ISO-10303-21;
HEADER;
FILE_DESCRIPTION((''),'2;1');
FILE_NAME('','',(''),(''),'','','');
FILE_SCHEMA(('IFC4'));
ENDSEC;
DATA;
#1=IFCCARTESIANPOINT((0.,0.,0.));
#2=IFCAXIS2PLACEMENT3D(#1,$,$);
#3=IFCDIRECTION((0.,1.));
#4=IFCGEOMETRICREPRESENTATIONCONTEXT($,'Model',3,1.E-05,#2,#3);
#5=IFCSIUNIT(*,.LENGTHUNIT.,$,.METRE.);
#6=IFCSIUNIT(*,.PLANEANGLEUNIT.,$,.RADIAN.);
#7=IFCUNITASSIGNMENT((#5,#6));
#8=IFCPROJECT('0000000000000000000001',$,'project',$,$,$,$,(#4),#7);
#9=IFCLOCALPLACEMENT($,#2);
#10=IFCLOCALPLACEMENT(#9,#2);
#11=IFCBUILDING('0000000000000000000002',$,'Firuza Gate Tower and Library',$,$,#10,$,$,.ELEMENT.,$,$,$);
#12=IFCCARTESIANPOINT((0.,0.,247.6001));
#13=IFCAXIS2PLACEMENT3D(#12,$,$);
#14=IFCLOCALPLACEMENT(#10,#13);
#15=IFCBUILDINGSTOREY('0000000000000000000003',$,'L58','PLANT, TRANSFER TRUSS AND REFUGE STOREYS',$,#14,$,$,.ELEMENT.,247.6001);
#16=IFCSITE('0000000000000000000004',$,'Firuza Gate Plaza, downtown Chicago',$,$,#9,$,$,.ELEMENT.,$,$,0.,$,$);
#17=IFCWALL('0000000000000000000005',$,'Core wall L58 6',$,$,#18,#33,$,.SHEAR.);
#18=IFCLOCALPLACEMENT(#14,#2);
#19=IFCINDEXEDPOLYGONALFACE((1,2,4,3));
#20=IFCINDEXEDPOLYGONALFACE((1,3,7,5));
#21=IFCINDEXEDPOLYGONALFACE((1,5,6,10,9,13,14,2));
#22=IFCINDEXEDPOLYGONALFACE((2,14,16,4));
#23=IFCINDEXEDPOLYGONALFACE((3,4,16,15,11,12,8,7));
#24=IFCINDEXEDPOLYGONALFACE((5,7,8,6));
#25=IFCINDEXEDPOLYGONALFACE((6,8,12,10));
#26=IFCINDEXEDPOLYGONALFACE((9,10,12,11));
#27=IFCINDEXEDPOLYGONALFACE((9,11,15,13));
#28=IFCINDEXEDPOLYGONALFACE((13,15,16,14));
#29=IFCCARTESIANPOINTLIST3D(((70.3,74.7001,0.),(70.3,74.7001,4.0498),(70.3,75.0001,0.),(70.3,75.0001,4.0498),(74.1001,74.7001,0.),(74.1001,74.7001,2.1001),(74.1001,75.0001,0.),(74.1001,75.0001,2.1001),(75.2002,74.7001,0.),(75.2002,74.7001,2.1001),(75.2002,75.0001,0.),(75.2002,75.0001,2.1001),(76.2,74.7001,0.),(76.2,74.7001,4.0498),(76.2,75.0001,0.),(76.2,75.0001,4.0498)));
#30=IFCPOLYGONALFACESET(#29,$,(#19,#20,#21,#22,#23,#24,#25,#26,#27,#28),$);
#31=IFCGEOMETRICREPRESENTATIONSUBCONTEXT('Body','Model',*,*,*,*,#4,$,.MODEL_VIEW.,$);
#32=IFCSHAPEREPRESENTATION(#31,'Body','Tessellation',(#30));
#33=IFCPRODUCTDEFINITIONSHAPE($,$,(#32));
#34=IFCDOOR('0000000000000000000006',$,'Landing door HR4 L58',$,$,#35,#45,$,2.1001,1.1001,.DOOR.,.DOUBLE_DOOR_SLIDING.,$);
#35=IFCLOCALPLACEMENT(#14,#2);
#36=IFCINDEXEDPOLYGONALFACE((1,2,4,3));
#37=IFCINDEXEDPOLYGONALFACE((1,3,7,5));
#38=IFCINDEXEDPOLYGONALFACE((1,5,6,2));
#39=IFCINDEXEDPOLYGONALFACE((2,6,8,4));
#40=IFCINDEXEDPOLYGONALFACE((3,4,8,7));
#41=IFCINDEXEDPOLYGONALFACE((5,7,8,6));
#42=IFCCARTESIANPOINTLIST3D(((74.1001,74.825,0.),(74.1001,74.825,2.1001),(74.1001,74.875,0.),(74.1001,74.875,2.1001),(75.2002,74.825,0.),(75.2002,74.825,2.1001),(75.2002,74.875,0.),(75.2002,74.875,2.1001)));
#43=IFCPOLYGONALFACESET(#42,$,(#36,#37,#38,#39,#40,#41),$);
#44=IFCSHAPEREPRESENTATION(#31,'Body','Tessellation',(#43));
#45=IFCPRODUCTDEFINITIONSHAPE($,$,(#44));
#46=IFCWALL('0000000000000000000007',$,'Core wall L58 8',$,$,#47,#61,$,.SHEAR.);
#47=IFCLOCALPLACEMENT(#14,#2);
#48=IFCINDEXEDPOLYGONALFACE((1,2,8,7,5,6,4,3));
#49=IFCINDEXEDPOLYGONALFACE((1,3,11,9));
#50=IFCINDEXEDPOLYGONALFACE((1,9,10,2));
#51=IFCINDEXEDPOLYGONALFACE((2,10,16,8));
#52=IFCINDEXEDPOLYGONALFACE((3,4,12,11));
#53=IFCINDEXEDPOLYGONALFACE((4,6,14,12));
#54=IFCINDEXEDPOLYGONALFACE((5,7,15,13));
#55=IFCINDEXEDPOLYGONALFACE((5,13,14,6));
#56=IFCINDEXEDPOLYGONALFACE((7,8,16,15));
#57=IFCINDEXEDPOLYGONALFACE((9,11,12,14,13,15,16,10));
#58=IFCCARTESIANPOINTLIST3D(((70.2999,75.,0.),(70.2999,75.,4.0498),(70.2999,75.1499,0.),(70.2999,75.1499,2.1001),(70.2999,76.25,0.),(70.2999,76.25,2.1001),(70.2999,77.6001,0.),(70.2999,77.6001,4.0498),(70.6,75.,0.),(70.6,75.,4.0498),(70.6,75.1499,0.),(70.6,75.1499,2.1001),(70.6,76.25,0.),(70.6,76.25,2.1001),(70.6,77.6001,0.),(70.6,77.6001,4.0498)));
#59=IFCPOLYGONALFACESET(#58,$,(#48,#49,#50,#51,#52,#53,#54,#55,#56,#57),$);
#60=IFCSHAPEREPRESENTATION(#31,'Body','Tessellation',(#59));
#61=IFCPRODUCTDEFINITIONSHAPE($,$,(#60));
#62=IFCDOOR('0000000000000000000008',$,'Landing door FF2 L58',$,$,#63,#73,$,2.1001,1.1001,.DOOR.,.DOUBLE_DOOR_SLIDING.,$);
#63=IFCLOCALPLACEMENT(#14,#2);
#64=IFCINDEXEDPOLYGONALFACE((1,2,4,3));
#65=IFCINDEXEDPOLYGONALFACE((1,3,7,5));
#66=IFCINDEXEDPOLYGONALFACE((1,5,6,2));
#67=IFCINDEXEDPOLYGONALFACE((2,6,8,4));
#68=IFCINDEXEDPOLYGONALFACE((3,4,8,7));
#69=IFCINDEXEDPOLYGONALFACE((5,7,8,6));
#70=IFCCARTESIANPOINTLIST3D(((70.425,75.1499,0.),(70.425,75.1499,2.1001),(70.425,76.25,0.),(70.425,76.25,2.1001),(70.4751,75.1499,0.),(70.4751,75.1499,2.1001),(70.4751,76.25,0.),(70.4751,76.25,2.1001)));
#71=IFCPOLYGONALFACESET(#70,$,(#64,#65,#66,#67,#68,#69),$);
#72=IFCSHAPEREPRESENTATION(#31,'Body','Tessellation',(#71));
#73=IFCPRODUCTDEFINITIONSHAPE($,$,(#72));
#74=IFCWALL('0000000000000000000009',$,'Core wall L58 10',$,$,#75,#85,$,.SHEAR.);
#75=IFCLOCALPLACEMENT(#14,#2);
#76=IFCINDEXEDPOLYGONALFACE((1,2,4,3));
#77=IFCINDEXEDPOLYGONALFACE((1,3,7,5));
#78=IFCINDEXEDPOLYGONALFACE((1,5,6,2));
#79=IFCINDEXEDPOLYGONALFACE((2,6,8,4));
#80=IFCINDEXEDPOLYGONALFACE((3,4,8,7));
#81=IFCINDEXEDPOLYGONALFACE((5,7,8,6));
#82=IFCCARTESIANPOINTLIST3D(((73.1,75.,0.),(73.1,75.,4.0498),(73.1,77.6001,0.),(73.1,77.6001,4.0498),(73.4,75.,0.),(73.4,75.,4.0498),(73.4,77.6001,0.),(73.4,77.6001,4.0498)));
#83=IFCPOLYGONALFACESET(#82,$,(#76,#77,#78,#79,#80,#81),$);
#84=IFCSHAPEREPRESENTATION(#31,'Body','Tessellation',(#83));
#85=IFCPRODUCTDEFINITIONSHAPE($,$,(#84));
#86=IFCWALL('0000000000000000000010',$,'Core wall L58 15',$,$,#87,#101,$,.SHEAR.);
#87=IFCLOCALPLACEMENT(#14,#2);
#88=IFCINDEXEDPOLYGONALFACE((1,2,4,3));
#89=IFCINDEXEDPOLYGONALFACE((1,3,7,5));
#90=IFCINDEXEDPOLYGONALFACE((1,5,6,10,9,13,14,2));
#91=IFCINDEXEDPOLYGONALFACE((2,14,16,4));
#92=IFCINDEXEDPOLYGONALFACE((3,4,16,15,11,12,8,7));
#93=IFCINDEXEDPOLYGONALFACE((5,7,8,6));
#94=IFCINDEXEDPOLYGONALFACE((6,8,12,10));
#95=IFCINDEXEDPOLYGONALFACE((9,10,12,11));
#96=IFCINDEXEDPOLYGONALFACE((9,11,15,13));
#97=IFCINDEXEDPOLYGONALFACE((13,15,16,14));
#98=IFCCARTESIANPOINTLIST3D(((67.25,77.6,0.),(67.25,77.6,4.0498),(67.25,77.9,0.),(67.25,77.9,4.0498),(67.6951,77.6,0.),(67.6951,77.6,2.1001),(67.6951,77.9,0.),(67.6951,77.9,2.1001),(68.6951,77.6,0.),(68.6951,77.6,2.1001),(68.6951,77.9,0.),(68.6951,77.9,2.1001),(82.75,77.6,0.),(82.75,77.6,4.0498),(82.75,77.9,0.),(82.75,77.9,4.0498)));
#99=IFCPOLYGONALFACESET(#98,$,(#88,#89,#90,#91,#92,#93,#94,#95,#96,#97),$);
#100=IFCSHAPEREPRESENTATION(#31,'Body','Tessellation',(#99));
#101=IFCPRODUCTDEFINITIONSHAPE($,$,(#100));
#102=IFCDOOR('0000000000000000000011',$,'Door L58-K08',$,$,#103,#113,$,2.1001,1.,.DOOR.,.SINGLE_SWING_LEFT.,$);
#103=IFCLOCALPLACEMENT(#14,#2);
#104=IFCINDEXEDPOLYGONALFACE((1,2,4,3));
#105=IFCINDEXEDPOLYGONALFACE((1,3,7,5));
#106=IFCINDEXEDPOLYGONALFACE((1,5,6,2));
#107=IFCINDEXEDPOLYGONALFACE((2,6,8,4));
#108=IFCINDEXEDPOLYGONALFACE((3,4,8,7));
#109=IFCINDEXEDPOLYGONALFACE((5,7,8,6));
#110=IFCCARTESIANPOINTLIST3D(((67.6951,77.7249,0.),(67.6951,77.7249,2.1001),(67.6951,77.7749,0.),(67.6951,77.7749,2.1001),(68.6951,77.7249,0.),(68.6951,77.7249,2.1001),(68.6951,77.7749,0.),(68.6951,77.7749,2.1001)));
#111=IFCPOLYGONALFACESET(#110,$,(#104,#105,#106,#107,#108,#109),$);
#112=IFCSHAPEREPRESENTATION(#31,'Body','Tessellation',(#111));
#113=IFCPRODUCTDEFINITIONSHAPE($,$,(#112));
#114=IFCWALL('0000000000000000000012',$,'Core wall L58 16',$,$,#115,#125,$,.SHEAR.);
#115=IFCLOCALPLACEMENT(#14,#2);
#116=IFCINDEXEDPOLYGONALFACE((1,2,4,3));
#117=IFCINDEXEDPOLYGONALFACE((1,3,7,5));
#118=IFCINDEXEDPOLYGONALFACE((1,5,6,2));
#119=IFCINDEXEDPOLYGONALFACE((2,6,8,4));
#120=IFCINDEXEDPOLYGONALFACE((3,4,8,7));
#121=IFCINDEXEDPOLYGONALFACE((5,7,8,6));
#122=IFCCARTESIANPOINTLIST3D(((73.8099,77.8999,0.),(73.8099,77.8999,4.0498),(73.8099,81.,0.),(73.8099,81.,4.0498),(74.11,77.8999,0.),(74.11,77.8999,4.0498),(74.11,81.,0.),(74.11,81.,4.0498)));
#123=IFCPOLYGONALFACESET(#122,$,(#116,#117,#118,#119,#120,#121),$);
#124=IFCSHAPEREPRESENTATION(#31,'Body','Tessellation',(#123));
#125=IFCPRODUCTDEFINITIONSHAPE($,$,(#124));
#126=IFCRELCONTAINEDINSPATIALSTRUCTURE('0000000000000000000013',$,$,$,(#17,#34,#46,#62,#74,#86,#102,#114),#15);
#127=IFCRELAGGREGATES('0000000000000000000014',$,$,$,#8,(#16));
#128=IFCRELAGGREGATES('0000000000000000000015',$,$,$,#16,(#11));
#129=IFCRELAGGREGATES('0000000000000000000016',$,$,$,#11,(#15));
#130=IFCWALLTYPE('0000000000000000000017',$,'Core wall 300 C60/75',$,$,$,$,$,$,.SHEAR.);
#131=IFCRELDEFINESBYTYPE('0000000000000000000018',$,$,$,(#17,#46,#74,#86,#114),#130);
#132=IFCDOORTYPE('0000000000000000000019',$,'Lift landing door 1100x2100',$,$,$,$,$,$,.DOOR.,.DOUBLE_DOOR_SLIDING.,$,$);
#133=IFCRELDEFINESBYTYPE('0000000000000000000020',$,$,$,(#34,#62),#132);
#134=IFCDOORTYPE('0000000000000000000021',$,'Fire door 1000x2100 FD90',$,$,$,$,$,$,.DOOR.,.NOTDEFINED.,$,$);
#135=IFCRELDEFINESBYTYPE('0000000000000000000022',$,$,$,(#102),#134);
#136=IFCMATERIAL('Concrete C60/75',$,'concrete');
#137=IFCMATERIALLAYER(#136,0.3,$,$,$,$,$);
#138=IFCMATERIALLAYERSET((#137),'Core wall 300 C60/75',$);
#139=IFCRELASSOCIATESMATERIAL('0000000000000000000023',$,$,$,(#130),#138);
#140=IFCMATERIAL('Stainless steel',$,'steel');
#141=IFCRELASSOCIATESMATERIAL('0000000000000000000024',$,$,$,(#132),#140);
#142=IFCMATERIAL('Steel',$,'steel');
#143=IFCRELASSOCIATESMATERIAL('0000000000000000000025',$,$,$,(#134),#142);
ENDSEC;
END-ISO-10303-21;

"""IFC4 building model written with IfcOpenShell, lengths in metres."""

from ifc_helpers import new_model, si_unit, direction, frame, frame_2d, origin, place, context, subcontext, project, spatial, rectangle, extrude, material, layer, layer_set, type_object, element, fill, save


model = new_model("IFC4")

# Units and contexts
model_context = context("Model", 3, precision=1e-05, world=origin(), true_north=direction((0.0, 1.0)))
body_context = subcontext(model_context, "Body", "Model", "MODEL_VIEW")
ifc_project = project(units=[si_unit("LENGTHUNIT", "METRE"), si_unit("PLANEANGLEUNIT", "RADIAN")], contexts=[model_context])

# Site, building, storey
site_placement = place(None, origin())
site = spatial("IfcSite", under=ifc_project, at=site_placement, Name="Firuza Gate Plaza, downtown Chicago", CompositionType="ELEMENT", RefElevation=0.0)
building_placement = place(site_placement, origin())
building = spatial("IfcBuilding", under=site, at=building_placement, Name="Firuza Gate Tower and Library", CompositionType="ELEMENT")
storey_placement = place(building_placement, frame((0.0, 0.0, 247.6001)))
storey = spatial("IfcBuildingStorey", under=building, at=storey_placement, Name="L58", Description="PLANT, TRANSFER TRUSS AND REFUGE STOREYS", CompositionType="ELEMENT", Elevation=247.6001)

# Shared definitions
ifc_material_1 = material(Name="Concrete C60/75", Category="concrete")
ifc_layer_1 = layer(ifc_material_1, 0.3)
ifc_layer_set_1 = layer_set([ifc_layer_1], Name="Core wall 300 C60/75")
wall_type_1 = type_object("IfcWallType", Name="Core wall 300 C60/75", PredefinedType="SHEAR", material=ifc_layer_set_1)
ifc_material_2 = material(Name="Stainless steel", Category="steel")
door_type_1 = type_object("IfcDoorType", Name="Lift landing door 1100x2100", OperationType="DOUBLE_DOOR_SLIDING", PredefinedType="DOOR", material=ifc_material_2)

# Walls, openings, doors
wall_1_placement = place(storey_placement, frame((70.3, 74.8501, 0.0), z_axis=(0.0, 0.0, 1.0), x_axis=(1.0, 0.0, 0.0)))
wall_1 = element("IfcWall", 1, at=wall_1_placement, inside=storey, type_object=wall_type_1, Name="Core wall L58 6", PredefinedType="SHEAR", context=body_context, shape_type="SweptSolid", body=[
    extrude(rectangle(XDim=5.8999, YDim=0.3, at=frame_2d((2.95, 0.0))), origin(), (0.0, 0.0, 1.0), 4.0498),
])
opening_1_placement = place(wall_1_placement, frame((3.8, 0.0, 0.0)))
opening_1 = element("IfcOpeningElement", 2, at=opening_1_placement, cuts=wall_1, PredefinedType="OPENING", context=body_context, shape_type="SweptSolid", body=[
    extrude(rectangle(XDim=1.1001, YDim=2.1001, at=frame_2d((0.55, 1.05))), frame((0.0, 0.1602, 0.0), z_axis=(0.0, -1.0, 0.0), x_axis=(1.0, 0.0, 0.0)), (0.0, 0.0, 1.0), 0.3201),
])
door_1_placement = place(opening_1_placement, origin())
door_1 = element("IfcDoor", 3, at=door_1_placement, inside=storey, type_object=door_type_1, Name="Landing door HR4 L58", OperationType="DOUBLE_DOOR_SLIDING", OverallHeight=2.1001, OverallWidth=1.1001, PredefinedType="DOOR", context=body_context, shape_type="SweptSolid", body=[
    extrude(rectangle(XDim=1.1001, YDim=2.1001, at=frame_2d((0.55, 1.05))), frame((0.0, 0.0249, 0.0), z_axis=(0.0, -1.0, 0.0), x_axis=(1.0, 0.0, 0.0)), (0.0, 0.0, 1.0), 0.05),
])
fill(opening_1, door_1)
wall_2_placement = place(storey_placement, frame((70.45, 75.0, 0.0), z_axis=(0.0, 0.0, 1.0), x_axis=(0.0, 1.0, 0.0)))
wall_2 = element("IfcWall", 4, at=wall_2_placement, inside=storey, type_object=wall_type_1, Name="Core wall L58 8", PredefinedType="SHEAR", context=body_context, shape_type="SweptSolid", body=[
    extrude(rectangle(XDim=2.6001, YDim=0.3, at=frame_2d((1.3, 0.0))), origin(), (0.0, 0.0, 1.0), 4.0498),
])
opening_2_placement = place(wall_2_placement, frame((0.1499, 0.0, 0.0)))
opening_2 = element("IfcOpeningElement", 5, at=opening_2_placement, cuts=wall_2, PredefinedType="OPENING", context=body_context, shape_type="SweptSolid", body=[
    extrude(rectangle(XDim=1.1001, YDim=2.1001, at=frame_2d((0.55, 1.05))), frame((0.0, 0.1602, 0.0), z_axis=(0.0, -1.0, 0.0), x_axis=(1.0, 0.0, 0.0)), (0.0, 0.0, 1.0), 0.3201),
])
door_2_placement = place(opening_2_placement, origin())
door_2 = element("IfcDoor", 6, at=door_2_placement, inside=storey, type_object=door_type_1, Name="Landing door FF2 L58", OperationType="DOUBLE_DOOR_SLIDING", OverallHeight=2.1001, OverallWidth=1.1001, PredefinedType="DOOR", context=body_context, shape_type="SweptSolid", body=[
    extrude(rectangle(XDim=1.1001, YDim=2.1001, at=frame_2d((0.55, 1.05))), frame((0.0, 0.0249, 0.0), z_axis=(0.0, -1.0, 0.0), x_axis=(1.0, 0.0, 0.0)), (0.0, 0.0, 1.0), 0.05),
])
fill(opening_2, door_2)

# Wall
wall_3_placement = place(storey_placement, frame((73.25, 75.0, 0.0), z_axis=(0.0, 0.0, 1.0), x_axis=(0.0, 1.0, 0.0)))
element("IfcWall", 7, at=wall_3_placement, inside=storey, type_object=wall_type_1, Name="Core wall L58 10", PredefinedType="SHEAR", context=body_context, shape_type="SweptSolid", body=[
    extrude(rectangle(XDim=2.6001, YDim=0.3, at=frame_2d((1.3, 0.0))), origin(), (0.0, 0.0, 1.0), 4.0498),
])

# Wall, opening, door
wall_4_placement = place(storey_placement, frame((67.25, 77.75, 0.0), z_axis=(0.0, 0.0, 1.0), x_axis=(1.0, 0.0, 0.0)))
wall_4 = element("IfcWall", 8, at=wall_4_placement, inside=storey, type_object=wall_type_1, Name="Core wall L58 15", PredefinedType="SHEAR", context=body_context, shape_type="SweptSolid", body=[
    extrude(rectangle(XDim=15.5, YDim=0.3, at=frame_2d((7.75, 0.0))), origin(), (0.0, 0.0, 1.0), 4.0498),
])
opening_3_placement = place(wall_4_placement, frame((0.4451, 0.0, 0.0)))
opening_3 = element("IfcOpeningElement", 9, at=opening_3_placement, cuts=wall_4, PredefinedType="OPENING", context=body_context, shape_type="SweptSolid", body=[
    extrude(rectangle(XDim=1.0, YDim=2.1001, at=frame_2d((0.5, 1.05))), frame((0.0, 0.1602, 0.0), z_axis=(0.0, -1.0, 0.0), x_axis=(1.0, 0.0, 0.0)), (0.0, 0.0, 1.0), 0.3201),
])
ifc_material_3 = material(Name="Steel", Category="steel")
door_type_2 = type_object("IfcDoorType", Name="Fire door 1000x2100 FD90", OperationType="NOTDEFINED", PredefinedType="DOOR", material=ifc_material_3)
door_3_placement = place(opening_3_placement, origin())
door_3 = element("IfcDoor", 10, at=door_3_placement, inside=storey, type_object=door_type_2, Name="Door L58-K08", OperationType="SINGLE_SWING_LEFT", OverallHeight=2.1001, OverallWidth=1.0, PredefinedType="DOOR", context=body_context, shape_type="SweptSolid", body=[
    extrude(rectangle(XDim=1.0, YDim=2.1001, at=frame_2d((0.5, 1.05))), frame((0.0, 0.0249, 0.0), z_axis=(0.0, -1.0, 0.0), x_axis=(1.0, 0.0, 0.0)), (0.0, 0.0, 1.0), 0.05),
])
fill(opening_3, door_3)

# Wall
wall_5_placement = place(storey_placement, frame((73.96, 77.8999, 0.0), z_axis=(0.0, 0.0, 1.0), x_axis=(0.0, 1.0, 0.0)))
element("IfcWall", 11, at=wall_5_placement, inside=storey, type_object=wall_type_1, Name="Core wall L58 16", PredefinedType="SHEAR", context=body_context, shape_type="SweptSolid", body=[
    extrude(rectangle(XDim=3.1001, YDim=0.3, at=frame_2d((1.55, 0.0))), origin(), (0.0, 0.0, 1.0), 4.0498),
])

save(model, "model.ifc")
